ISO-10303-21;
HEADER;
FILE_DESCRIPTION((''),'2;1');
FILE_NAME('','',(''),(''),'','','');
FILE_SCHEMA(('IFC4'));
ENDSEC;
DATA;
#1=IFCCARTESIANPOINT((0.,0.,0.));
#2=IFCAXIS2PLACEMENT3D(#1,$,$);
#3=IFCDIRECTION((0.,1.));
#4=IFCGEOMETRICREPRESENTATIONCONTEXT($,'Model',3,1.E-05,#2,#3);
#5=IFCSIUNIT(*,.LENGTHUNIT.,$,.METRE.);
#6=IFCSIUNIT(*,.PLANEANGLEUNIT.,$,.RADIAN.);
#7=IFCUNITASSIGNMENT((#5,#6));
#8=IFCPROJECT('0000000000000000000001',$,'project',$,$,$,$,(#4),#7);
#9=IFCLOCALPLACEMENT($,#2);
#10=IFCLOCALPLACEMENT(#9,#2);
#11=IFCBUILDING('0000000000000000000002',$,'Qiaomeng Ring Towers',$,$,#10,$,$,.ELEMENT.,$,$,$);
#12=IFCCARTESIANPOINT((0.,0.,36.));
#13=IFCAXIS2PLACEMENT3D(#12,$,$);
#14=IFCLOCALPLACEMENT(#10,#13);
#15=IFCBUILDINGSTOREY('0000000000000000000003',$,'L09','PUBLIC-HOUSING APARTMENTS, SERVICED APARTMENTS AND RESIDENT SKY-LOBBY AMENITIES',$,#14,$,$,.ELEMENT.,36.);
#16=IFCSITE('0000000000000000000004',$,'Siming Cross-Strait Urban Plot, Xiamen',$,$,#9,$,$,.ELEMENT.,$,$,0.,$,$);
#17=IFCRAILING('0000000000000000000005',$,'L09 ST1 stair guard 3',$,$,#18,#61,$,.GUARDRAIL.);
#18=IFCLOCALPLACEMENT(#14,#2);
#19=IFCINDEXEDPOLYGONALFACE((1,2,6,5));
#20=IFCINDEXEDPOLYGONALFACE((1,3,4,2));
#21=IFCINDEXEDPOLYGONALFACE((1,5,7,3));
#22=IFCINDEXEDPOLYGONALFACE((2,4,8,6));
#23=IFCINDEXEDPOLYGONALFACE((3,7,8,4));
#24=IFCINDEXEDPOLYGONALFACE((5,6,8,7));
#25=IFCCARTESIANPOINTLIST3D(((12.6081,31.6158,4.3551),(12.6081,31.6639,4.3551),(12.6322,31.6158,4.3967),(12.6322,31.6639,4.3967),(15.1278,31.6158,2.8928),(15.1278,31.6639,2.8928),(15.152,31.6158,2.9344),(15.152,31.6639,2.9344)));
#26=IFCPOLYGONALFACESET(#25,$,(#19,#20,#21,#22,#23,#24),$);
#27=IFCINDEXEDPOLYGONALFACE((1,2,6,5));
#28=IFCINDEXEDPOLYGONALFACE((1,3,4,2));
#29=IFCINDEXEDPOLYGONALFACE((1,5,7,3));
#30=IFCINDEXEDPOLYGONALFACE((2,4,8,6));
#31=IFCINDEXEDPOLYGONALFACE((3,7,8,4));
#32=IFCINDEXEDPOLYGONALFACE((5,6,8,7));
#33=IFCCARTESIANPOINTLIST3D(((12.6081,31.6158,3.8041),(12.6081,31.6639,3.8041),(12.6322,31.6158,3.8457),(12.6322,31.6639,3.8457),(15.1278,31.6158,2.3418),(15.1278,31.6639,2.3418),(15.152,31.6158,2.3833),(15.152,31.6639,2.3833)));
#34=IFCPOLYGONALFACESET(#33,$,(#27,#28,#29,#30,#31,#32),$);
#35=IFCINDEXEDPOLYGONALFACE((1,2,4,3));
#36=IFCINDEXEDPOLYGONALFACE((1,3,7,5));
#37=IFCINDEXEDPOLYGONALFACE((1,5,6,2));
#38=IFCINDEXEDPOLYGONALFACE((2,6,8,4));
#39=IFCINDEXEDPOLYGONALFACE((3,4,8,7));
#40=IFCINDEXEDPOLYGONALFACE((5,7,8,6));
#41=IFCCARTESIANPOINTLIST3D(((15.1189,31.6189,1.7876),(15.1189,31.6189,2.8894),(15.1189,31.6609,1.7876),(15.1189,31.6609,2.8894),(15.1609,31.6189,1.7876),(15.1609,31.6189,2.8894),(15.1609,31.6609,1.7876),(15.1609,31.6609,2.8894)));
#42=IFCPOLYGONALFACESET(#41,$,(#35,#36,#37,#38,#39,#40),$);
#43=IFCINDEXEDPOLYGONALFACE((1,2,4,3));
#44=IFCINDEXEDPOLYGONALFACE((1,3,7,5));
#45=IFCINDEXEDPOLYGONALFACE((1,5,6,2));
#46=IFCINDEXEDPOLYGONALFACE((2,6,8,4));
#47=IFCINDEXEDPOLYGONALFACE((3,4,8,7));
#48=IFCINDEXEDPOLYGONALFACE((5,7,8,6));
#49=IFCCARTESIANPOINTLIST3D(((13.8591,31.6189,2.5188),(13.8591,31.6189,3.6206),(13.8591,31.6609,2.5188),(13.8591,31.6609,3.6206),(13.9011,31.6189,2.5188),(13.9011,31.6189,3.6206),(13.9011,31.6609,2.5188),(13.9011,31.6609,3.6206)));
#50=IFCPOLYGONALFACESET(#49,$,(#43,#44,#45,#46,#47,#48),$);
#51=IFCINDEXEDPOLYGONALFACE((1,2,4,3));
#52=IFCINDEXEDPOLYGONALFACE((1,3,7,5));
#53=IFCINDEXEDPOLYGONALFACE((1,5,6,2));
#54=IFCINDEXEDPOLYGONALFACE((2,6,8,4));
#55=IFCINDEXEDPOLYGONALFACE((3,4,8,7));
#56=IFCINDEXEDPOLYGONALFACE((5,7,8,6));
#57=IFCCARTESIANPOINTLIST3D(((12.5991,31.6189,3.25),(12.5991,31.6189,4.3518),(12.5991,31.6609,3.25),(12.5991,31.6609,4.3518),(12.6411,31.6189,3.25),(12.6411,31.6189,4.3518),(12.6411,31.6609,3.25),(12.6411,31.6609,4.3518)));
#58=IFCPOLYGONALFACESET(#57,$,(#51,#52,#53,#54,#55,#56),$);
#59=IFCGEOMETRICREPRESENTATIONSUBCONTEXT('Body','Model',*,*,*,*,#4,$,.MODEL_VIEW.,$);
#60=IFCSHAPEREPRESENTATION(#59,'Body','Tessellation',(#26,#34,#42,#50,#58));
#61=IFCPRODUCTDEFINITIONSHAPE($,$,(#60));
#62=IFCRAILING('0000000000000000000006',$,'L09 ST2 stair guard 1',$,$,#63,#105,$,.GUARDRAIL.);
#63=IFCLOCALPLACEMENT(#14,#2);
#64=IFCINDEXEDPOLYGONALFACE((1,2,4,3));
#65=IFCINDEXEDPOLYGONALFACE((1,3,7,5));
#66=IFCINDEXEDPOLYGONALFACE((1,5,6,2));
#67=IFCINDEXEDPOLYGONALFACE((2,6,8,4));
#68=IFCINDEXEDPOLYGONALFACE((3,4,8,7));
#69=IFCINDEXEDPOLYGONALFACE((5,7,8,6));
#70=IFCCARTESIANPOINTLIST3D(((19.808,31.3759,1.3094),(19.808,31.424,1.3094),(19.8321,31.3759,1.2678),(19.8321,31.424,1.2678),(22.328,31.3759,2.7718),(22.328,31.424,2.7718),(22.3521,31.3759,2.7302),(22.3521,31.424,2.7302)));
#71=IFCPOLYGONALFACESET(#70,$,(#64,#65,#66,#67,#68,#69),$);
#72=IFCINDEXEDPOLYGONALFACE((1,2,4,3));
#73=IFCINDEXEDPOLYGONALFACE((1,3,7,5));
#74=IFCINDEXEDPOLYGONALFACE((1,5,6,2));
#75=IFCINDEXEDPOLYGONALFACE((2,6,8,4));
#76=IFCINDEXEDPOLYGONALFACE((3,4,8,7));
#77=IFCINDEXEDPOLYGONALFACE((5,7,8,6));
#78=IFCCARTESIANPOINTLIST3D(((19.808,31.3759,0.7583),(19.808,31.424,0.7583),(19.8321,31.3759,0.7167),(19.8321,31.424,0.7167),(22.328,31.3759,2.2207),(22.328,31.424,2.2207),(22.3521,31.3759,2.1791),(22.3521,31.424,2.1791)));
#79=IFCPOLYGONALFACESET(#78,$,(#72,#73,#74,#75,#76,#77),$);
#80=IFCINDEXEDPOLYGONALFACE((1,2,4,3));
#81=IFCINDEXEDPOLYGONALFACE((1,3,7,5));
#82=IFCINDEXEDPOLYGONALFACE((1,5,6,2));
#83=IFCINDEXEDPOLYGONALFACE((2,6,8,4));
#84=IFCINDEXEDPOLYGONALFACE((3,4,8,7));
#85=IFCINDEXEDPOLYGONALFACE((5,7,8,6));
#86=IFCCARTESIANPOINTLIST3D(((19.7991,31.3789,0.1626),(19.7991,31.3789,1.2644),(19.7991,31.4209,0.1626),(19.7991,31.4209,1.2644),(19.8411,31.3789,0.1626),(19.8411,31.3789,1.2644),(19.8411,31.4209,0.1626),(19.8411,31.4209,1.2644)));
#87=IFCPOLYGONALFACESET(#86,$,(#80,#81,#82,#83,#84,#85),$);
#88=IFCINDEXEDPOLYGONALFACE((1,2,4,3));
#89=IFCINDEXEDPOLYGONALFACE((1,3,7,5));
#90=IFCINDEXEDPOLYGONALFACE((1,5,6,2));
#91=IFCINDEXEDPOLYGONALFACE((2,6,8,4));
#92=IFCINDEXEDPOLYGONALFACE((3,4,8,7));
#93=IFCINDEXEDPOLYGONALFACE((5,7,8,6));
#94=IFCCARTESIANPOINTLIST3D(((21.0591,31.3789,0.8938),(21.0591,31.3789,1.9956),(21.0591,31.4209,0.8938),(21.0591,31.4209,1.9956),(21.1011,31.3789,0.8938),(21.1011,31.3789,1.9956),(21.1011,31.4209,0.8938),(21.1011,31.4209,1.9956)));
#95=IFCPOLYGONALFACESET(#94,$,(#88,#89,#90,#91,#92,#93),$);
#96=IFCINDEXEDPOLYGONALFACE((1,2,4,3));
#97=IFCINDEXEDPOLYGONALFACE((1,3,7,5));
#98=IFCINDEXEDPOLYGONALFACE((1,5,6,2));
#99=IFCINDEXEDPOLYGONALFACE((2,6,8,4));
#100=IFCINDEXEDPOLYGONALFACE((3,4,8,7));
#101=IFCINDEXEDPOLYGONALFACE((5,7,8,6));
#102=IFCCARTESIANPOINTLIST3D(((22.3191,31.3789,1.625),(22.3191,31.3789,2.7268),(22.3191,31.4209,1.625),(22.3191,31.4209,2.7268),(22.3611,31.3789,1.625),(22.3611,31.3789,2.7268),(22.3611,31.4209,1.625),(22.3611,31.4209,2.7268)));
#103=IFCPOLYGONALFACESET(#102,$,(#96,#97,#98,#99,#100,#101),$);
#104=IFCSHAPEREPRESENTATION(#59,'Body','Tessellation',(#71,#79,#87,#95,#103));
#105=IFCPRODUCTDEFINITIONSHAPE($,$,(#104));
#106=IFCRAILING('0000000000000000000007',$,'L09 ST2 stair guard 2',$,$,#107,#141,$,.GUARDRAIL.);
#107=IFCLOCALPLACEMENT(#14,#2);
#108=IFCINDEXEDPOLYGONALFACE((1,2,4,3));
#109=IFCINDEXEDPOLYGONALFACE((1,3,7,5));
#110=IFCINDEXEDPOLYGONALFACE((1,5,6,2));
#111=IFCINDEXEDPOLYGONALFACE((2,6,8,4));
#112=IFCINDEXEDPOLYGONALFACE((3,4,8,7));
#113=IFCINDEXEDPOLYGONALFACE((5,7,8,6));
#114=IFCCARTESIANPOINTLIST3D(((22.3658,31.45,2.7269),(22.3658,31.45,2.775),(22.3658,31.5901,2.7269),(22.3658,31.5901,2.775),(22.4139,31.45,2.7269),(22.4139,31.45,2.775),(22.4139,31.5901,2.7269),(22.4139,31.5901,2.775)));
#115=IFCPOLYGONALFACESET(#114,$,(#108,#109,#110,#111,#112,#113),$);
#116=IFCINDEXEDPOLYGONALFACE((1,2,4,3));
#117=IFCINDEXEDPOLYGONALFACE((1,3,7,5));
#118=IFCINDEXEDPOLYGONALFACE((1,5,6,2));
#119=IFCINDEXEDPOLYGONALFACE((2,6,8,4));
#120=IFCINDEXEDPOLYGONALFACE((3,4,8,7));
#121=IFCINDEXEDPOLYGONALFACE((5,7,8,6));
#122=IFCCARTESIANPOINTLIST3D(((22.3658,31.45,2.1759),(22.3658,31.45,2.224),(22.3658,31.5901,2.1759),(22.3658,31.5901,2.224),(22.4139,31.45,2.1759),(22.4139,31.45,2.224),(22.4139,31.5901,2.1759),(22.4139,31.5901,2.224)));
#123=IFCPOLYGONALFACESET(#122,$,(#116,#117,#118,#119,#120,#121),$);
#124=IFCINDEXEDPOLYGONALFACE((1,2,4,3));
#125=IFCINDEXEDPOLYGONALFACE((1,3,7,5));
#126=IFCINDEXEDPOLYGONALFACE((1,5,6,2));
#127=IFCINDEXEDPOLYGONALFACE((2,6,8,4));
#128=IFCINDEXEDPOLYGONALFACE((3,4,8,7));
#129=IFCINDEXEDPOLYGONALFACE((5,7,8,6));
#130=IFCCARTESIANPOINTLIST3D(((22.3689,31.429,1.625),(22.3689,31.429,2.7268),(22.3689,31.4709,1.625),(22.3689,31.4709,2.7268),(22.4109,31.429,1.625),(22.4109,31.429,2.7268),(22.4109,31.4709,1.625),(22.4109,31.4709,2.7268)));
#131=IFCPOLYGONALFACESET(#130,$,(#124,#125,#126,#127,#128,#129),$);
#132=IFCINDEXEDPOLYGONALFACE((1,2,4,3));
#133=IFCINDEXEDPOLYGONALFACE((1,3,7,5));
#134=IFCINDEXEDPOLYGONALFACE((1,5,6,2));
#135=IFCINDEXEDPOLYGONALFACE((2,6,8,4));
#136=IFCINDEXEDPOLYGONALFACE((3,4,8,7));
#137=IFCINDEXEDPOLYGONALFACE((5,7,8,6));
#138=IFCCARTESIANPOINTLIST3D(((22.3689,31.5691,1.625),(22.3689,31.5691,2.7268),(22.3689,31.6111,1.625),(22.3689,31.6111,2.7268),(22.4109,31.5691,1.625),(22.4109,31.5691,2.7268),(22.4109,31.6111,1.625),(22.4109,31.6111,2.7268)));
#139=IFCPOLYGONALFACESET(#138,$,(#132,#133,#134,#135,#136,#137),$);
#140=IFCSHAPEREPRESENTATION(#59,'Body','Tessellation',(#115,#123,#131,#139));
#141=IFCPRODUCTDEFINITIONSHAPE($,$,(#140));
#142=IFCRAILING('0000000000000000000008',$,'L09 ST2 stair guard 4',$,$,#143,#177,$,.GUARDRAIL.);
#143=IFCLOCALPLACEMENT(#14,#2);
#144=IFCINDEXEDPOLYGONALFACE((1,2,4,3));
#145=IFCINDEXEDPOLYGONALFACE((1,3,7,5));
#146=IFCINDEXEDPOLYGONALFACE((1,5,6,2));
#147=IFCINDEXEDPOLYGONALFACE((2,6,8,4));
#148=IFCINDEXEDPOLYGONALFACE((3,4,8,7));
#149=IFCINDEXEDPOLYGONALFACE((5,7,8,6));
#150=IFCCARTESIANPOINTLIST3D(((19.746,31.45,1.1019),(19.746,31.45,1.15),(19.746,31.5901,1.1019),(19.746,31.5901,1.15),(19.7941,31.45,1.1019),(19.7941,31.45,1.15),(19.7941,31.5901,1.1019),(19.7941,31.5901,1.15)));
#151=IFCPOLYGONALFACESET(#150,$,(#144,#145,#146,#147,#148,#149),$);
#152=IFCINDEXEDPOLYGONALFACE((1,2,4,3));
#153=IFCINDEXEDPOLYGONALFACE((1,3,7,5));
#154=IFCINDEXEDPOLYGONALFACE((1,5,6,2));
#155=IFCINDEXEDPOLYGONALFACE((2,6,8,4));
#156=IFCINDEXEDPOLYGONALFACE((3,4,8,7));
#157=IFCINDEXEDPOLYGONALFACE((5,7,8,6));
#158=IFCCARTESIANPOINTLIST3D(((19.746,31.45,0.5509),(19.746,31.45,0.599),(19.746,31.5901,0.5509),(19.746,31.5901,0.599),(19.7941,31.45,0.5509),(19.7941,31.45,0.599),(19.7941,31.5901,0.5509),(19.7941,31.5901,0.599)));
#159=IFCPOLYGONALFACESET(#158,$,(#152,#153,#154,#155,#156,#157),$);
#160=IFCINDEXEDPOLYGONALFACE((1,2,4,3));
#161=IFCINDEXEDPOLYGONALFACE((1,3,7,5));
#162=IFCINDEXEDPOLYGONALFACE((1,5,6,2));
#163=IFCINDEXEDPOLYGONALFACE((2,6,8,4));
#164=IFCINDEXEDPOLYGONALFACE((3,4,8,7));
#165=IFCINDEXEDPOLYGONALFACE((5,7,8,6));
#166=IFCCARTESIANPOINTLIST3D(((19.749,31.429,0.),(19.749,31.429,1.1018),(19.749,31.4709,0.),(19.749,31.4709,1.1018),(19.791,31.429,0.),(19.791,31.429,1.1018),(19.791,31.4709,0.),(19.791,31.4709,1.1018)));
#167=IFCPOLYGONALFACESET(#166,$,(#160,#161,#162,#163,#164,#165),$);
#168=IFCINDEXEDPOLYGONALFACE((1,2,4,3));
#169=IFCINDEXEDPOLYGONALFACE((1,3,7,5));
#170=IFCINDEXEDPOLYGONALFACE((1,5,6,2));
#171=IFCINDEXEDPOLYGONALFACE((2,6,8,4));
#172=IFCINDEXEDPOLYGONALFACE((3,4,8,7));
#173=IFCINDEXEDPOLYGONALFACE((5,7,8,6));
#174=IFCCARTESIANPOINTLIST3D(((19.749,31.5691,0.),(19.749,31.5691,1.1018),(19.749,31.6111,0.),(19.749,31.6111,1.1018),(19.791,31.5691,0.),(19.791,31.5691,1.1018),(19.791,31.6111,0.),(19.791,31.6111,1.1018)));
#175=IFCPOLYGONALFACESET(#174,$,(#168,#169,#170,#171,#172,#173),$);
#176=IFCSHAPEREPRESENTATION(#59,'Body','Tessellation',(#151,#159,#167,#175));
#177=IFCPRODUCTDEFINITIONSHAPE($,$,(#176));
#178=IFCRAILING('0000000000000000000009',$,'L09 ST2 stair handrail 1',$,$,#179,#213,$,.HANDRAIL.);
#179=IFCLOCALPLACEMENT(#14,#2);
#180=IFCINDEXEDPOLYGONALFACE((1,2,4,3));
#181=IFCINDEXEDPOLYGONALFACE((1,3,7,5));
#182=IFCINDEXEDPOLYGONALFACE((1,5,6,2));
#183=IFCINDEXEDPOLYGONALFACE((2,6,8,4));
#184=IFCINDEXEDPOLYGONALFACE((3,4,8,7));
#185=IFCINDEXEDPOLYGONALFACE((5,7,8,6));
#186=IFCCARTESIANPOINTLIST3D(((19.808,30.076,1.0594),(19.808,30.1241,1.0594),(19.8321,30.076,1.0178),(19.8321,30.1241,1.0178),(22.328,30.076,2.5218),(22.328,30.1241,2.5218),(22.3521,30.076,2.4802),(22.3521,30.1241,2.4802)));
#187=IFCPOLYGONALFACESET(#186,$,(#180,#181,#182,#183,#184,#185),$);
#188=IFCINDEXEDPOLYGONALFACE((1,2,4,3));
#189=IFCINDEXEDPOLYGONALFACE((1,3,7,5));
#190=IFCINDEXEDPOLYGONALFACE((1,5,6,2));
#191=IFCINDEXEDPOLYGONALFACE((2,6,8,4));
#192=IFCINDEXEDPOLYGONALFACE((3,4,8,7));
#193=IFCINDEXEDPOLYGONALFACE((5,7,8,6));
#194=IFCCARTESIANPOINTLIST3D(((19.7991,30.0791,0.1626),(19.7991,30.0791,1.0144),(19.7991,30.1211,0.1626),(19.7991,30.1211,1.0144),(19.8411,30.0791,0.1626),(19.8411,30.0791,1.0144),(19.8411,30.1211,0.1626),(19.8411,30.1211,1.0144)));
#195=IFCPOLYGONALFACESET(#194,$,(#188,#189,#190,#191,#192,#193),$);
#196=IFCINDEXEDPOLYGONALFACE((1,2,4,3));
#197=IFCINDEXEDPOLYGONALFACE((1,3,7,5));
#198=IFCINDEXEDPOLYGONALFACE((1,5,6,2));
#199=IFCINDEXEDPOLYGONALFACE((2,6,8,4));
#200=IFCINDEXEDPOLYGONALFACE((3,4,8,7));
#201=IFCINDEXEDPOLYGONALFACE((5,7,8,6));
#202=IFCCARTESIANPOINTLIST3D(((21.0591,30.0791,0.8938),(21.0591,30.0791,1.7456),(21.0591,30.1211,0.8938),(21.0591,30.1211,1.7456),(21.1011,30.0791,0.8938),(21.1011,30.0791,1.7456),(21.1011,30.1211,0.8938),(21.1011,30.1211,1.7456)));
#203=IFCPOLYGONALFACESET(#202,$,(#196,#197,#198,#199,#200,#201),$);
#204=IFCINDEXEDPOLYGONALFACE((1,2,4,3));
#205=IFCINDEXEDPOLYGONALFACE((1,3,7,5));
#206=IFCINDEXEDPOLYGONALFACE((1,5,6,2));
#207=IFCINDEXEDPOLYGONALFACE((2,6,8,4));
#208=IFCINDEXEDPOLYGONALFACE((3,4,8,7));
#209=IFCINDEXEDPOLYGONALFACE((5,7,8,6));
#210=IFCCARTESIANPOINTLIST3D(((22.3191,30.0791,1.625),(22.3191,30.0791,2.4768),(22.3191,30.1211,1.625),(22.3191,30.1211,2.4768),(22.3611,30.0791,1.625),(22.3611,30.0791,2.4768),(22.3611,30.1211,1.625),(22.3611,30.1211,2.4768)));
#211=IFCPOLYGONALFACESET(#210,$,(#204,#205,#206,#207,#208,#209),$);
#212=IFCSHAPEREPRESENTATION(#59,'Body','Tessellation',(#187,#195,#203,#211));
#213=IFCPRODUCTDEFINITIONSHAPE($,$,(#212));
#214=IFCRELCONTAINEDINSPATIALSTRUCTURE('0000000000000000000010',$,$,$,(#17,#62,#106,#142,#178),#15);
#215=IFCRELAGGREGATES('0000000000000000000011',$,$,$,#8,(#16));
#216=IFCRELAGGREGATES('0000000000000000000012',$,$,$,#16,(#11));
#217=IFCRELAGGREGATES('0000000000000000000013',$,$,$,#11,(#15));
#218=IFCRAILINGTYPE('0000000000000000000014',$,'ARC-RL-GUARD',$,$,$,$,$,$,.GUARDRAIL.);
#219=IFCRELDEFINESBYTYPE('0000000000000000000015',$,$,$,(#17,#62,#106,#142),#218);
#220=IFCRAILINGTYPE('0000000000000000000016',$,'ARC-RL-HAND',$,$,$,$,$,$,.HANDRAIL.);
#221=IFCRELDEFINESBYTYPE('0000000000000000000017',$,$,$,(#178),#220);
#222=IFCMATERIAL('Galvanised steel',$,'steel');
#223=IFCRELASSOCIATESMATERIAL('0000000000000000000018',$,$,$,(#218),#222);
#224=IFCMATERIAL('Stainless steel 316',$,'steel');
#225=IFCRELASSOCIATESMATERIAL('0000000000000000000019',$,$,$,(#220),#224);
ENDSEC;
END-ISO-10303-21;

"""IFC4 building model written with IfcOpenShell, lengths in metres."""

from ifc_helpers import new_model, si_unit, direction, frame, origin, origin_2d, place, context, subcontext, project, spatial, rectangle, extrude, material, type_object, element, save


model = new_model("IFC4")

# Units and contexts
model_context = context("Model", 3, precision=1e-05, world=origin(), true_north=direction((0.0, 1.0)))
body_context = subcontext(model_context, "Body", "Model", "MODEL_VIEW")
ifc_project = project(units=[si_unit("LENGTHUNIT", "METRE"), si_unit("PLANEANGLEUNIT", "RADIAN")], contexts=[model_context])

# Site, building, storey
site_placement = place(None, origin())
site = spatial("IfcSite", under=ifc_project, at=site_placement, Name="Siming Cross-Strait Urban Plot, Xiamen", CompositionType="ELEMENT", RefElevation=0.0)
building_placement = place(site_placement, origin())
building = spatial("IfcBuilding", under=site, at=building_placement, Name="Qiaomeng Ring Towers", CompositionType="ELEMENT")
storey_placement = place(building_placement, frame((0.0, 0.0, 36.0)))
storey = spatial("IfcBuildingStorey", under=building, at=storey_placement, Name="L09", Description="PUBLIC-HOUSING APARTMENTS, SERVICED APARTMENTS AND RESIDENT SKY-LOBBY AMENITIES", CompositionType="ELEMENT", Elevation=36.0)

# Shared definitions
ifc_material_1 = material(Name="Galvanised steel", Category="steel")

# Shared definitions
ifc_material_2 = material(Name="Stainless steel 316", Category="steel")

# Railings
railing_type_1 = type_object("IfcRailingType", Name="ARC-RL-GUARD", PredefinedType="GUARDRAIL", material=ifc_material_1)
railing_1_placement = place(storey_placement, frame((15.1399, 31.6399, 1.7876)))
element("IfcRailing", 1, at=railing_1_placement, inside=storey, type_object=railing_type_1, Name="L09 ST1 stair guard 3", PredefinedType="GUARDRAIL", context=body_context, shape_type="SweptSolid", body=[
    extrude(rectangle(XDim=0.0481, YDim=0.0481, at=origin_2d()), frame((0.0, 0.0, 1.126), z_axis=(-0.864892, 0.0, 0.501958), x_axis=(0.0, -1.0, 0.0)), (0.0, 0.0, 1.0), 2.9133),
    extrude(rectangle(XDim=0.0481, YDim=0.0481, at=origin_2d()), frame((0.0, 0.0, 0.575), z_axis=(-0.864892, 0.0, 0.501958), x_axis=(0.0, -1.0, 0.0)), (0.0, 0.0, 1.0), 2.9133),
    extrude(rectangle(XDim=0.042, YDim=0.042, at=origin_2d()), origin(), (0.0, 0.0, 1.0), 1.1018),
    extrude(rectangle(XDim=0.042, YDim=0.042, at=origin_2d()), frame((-1.2598, 0.0, 0.7312)), (0.0, 0.0, 1.0), 1.1018),
    extrude(rectangle(XDim=0.042, YDim=0.042, at=origin_2d()), frame((-2.5198, 0.0, 1.4624)), (0.0, 0.0, 1.0), 1.1018),
])
railing_2_placement = place(storey_placement, frame((19.8201, 31.3999, 0.1626)))
element("IfcRailing", 2, at=railing_2_placement, inside=storey, type_object=railing_type_1, Name="L09 ST2 stair guard 1", PredefinedType="GUARDRAIL", context=body_context, shape_type="SweptSolid", body=[
    extrude(rectangle(XDim=0.0481, YDim=0.0481, at=origin_2d()), frame((0.0, 0.0, 1.126), z_axis=(0.864913, 0.0, 0.501921), x_axis=(0.0, 1.0, 0.0)), (0.0, 0.0, 1.0), 2.9136),
    extrude(rectangle(XDim=0.0481, YDim=0.0481, at=origin_2d()), frame((0.0, 0.0, 0.575), z_axis=(0.864913, 0.0, 0.501921), x_axis=(0.0, 1.0, 0.0)), (0.0, 0.0, 1.0), 2.9136),
    extrude(rectangle(XDim=0.042, YDim=0.042, at=origin_2d()), origin(), (0.0, 0.0, 1.0), 1.1018),
    extrude(rectangle(XDim=0.042, YDim=0.042, at=origin_2d()), frame((1.26, 0.0, 0.7312)), (0.0, 0.0, 1.0), 1.1018),
    extrude(rectangle(XDim=0.042, YDim=0.042, at=origin_2d()), frame((2.52, 0.0, 1.4624)), (0.0, 0.0, 1.0), 1.1018),
])
for number, where, name in (
    (3, (22.3899, 31.45, 1.625), "L09 ST2 stair guard 2"),
    (4, (19.77, 31.45, 0.0), "L09 ST2 stair guard 4"),
):
    element("IfcRailing", number, at=place(storey_placement, frame(where)), inside=storey, type_object=railing_type_1, Name=name, PredefinedType="GUARDRAIL", context=body_context, shape_type="SweptSolid", body=[
        extrude(rectangle(XDim=0.0481, YDim=0.0481, at=origin_2d()), frame((0.0, 0.0, 1.126), z_axis=(0.0, 1.0, 0.0), x_axis=(-1.0, 0.0, 0.0)), (0.0, 0.0, 1.0), 0.1401),
        extrude(rectangle(XDim=0.0481, YDim=0.0481, at=origin_2d()), frame((0.0, 0.0, 0.575), z_axis=(0.0, 1.0, 0.0), x_axis=(-1.0, 0.0, 0.0)), (0.0, 0.0, 1.0), 0.1401),
        extrude(rectangle(XDim=0.042, YDim=0.042, at=origin_2d()), origin(), (0.0, 0.0, 1.0), 1.1018),
        extrude(rectangle(XDim=0.042, YDim=0.042, at=origin_2d()), frame((0.0, 0.1401, 0.0)), (0.0, 0.0, 1.0), 1.1018),
    ])
railing_type_2 = type_object("IfcRailingType", Name="ARC-RL-HAND", PredefinedType="HANDRAIL", material=ifc_material_2)
railing_3_placement = place(storey_placement, frame((19.8201, 30.1001, 0.1626)))
element("IfcRailing", 5, at=railing_3_placement, inside=storey, type_object=railing_type_2, Name="L09 ST2 stair handrail 1", PredefinedType="HANDRAIL", context=body_context, shape_type="SweptSolid", body=[
    extrude(rectangle(XDim=0.0481, YDim=0.0481, at=origin_2d()), frame((0.0, 0.0, 0.876), z_axis=(0.864913, 0.0, 0.501921), x_axis=(0.0, 1.0, 0.0)), (0.0, 0.0, 1.0), 2.9136),
    extrude(rectangle(XDim=0.042, YDim=0.042, at=origin_2d()), origin(), (0.0, 0.0, 1.0), 0.8518),
    extrude(rectangle(XDim=0.042, YDim=0.042, at=origin_2d()), frame((1.26, 0.0, 0.7312)), (0.0, 0.0, 1.0), 0.8518),
    extrude(rectangle(XDim=0.042, YDim=0.042, at=origin_2d()), frame((2.52, 0.0, 1.4624)), (0.0, 0.0, 1.0), 0.8518),
])

save(model, "model.ifc")
